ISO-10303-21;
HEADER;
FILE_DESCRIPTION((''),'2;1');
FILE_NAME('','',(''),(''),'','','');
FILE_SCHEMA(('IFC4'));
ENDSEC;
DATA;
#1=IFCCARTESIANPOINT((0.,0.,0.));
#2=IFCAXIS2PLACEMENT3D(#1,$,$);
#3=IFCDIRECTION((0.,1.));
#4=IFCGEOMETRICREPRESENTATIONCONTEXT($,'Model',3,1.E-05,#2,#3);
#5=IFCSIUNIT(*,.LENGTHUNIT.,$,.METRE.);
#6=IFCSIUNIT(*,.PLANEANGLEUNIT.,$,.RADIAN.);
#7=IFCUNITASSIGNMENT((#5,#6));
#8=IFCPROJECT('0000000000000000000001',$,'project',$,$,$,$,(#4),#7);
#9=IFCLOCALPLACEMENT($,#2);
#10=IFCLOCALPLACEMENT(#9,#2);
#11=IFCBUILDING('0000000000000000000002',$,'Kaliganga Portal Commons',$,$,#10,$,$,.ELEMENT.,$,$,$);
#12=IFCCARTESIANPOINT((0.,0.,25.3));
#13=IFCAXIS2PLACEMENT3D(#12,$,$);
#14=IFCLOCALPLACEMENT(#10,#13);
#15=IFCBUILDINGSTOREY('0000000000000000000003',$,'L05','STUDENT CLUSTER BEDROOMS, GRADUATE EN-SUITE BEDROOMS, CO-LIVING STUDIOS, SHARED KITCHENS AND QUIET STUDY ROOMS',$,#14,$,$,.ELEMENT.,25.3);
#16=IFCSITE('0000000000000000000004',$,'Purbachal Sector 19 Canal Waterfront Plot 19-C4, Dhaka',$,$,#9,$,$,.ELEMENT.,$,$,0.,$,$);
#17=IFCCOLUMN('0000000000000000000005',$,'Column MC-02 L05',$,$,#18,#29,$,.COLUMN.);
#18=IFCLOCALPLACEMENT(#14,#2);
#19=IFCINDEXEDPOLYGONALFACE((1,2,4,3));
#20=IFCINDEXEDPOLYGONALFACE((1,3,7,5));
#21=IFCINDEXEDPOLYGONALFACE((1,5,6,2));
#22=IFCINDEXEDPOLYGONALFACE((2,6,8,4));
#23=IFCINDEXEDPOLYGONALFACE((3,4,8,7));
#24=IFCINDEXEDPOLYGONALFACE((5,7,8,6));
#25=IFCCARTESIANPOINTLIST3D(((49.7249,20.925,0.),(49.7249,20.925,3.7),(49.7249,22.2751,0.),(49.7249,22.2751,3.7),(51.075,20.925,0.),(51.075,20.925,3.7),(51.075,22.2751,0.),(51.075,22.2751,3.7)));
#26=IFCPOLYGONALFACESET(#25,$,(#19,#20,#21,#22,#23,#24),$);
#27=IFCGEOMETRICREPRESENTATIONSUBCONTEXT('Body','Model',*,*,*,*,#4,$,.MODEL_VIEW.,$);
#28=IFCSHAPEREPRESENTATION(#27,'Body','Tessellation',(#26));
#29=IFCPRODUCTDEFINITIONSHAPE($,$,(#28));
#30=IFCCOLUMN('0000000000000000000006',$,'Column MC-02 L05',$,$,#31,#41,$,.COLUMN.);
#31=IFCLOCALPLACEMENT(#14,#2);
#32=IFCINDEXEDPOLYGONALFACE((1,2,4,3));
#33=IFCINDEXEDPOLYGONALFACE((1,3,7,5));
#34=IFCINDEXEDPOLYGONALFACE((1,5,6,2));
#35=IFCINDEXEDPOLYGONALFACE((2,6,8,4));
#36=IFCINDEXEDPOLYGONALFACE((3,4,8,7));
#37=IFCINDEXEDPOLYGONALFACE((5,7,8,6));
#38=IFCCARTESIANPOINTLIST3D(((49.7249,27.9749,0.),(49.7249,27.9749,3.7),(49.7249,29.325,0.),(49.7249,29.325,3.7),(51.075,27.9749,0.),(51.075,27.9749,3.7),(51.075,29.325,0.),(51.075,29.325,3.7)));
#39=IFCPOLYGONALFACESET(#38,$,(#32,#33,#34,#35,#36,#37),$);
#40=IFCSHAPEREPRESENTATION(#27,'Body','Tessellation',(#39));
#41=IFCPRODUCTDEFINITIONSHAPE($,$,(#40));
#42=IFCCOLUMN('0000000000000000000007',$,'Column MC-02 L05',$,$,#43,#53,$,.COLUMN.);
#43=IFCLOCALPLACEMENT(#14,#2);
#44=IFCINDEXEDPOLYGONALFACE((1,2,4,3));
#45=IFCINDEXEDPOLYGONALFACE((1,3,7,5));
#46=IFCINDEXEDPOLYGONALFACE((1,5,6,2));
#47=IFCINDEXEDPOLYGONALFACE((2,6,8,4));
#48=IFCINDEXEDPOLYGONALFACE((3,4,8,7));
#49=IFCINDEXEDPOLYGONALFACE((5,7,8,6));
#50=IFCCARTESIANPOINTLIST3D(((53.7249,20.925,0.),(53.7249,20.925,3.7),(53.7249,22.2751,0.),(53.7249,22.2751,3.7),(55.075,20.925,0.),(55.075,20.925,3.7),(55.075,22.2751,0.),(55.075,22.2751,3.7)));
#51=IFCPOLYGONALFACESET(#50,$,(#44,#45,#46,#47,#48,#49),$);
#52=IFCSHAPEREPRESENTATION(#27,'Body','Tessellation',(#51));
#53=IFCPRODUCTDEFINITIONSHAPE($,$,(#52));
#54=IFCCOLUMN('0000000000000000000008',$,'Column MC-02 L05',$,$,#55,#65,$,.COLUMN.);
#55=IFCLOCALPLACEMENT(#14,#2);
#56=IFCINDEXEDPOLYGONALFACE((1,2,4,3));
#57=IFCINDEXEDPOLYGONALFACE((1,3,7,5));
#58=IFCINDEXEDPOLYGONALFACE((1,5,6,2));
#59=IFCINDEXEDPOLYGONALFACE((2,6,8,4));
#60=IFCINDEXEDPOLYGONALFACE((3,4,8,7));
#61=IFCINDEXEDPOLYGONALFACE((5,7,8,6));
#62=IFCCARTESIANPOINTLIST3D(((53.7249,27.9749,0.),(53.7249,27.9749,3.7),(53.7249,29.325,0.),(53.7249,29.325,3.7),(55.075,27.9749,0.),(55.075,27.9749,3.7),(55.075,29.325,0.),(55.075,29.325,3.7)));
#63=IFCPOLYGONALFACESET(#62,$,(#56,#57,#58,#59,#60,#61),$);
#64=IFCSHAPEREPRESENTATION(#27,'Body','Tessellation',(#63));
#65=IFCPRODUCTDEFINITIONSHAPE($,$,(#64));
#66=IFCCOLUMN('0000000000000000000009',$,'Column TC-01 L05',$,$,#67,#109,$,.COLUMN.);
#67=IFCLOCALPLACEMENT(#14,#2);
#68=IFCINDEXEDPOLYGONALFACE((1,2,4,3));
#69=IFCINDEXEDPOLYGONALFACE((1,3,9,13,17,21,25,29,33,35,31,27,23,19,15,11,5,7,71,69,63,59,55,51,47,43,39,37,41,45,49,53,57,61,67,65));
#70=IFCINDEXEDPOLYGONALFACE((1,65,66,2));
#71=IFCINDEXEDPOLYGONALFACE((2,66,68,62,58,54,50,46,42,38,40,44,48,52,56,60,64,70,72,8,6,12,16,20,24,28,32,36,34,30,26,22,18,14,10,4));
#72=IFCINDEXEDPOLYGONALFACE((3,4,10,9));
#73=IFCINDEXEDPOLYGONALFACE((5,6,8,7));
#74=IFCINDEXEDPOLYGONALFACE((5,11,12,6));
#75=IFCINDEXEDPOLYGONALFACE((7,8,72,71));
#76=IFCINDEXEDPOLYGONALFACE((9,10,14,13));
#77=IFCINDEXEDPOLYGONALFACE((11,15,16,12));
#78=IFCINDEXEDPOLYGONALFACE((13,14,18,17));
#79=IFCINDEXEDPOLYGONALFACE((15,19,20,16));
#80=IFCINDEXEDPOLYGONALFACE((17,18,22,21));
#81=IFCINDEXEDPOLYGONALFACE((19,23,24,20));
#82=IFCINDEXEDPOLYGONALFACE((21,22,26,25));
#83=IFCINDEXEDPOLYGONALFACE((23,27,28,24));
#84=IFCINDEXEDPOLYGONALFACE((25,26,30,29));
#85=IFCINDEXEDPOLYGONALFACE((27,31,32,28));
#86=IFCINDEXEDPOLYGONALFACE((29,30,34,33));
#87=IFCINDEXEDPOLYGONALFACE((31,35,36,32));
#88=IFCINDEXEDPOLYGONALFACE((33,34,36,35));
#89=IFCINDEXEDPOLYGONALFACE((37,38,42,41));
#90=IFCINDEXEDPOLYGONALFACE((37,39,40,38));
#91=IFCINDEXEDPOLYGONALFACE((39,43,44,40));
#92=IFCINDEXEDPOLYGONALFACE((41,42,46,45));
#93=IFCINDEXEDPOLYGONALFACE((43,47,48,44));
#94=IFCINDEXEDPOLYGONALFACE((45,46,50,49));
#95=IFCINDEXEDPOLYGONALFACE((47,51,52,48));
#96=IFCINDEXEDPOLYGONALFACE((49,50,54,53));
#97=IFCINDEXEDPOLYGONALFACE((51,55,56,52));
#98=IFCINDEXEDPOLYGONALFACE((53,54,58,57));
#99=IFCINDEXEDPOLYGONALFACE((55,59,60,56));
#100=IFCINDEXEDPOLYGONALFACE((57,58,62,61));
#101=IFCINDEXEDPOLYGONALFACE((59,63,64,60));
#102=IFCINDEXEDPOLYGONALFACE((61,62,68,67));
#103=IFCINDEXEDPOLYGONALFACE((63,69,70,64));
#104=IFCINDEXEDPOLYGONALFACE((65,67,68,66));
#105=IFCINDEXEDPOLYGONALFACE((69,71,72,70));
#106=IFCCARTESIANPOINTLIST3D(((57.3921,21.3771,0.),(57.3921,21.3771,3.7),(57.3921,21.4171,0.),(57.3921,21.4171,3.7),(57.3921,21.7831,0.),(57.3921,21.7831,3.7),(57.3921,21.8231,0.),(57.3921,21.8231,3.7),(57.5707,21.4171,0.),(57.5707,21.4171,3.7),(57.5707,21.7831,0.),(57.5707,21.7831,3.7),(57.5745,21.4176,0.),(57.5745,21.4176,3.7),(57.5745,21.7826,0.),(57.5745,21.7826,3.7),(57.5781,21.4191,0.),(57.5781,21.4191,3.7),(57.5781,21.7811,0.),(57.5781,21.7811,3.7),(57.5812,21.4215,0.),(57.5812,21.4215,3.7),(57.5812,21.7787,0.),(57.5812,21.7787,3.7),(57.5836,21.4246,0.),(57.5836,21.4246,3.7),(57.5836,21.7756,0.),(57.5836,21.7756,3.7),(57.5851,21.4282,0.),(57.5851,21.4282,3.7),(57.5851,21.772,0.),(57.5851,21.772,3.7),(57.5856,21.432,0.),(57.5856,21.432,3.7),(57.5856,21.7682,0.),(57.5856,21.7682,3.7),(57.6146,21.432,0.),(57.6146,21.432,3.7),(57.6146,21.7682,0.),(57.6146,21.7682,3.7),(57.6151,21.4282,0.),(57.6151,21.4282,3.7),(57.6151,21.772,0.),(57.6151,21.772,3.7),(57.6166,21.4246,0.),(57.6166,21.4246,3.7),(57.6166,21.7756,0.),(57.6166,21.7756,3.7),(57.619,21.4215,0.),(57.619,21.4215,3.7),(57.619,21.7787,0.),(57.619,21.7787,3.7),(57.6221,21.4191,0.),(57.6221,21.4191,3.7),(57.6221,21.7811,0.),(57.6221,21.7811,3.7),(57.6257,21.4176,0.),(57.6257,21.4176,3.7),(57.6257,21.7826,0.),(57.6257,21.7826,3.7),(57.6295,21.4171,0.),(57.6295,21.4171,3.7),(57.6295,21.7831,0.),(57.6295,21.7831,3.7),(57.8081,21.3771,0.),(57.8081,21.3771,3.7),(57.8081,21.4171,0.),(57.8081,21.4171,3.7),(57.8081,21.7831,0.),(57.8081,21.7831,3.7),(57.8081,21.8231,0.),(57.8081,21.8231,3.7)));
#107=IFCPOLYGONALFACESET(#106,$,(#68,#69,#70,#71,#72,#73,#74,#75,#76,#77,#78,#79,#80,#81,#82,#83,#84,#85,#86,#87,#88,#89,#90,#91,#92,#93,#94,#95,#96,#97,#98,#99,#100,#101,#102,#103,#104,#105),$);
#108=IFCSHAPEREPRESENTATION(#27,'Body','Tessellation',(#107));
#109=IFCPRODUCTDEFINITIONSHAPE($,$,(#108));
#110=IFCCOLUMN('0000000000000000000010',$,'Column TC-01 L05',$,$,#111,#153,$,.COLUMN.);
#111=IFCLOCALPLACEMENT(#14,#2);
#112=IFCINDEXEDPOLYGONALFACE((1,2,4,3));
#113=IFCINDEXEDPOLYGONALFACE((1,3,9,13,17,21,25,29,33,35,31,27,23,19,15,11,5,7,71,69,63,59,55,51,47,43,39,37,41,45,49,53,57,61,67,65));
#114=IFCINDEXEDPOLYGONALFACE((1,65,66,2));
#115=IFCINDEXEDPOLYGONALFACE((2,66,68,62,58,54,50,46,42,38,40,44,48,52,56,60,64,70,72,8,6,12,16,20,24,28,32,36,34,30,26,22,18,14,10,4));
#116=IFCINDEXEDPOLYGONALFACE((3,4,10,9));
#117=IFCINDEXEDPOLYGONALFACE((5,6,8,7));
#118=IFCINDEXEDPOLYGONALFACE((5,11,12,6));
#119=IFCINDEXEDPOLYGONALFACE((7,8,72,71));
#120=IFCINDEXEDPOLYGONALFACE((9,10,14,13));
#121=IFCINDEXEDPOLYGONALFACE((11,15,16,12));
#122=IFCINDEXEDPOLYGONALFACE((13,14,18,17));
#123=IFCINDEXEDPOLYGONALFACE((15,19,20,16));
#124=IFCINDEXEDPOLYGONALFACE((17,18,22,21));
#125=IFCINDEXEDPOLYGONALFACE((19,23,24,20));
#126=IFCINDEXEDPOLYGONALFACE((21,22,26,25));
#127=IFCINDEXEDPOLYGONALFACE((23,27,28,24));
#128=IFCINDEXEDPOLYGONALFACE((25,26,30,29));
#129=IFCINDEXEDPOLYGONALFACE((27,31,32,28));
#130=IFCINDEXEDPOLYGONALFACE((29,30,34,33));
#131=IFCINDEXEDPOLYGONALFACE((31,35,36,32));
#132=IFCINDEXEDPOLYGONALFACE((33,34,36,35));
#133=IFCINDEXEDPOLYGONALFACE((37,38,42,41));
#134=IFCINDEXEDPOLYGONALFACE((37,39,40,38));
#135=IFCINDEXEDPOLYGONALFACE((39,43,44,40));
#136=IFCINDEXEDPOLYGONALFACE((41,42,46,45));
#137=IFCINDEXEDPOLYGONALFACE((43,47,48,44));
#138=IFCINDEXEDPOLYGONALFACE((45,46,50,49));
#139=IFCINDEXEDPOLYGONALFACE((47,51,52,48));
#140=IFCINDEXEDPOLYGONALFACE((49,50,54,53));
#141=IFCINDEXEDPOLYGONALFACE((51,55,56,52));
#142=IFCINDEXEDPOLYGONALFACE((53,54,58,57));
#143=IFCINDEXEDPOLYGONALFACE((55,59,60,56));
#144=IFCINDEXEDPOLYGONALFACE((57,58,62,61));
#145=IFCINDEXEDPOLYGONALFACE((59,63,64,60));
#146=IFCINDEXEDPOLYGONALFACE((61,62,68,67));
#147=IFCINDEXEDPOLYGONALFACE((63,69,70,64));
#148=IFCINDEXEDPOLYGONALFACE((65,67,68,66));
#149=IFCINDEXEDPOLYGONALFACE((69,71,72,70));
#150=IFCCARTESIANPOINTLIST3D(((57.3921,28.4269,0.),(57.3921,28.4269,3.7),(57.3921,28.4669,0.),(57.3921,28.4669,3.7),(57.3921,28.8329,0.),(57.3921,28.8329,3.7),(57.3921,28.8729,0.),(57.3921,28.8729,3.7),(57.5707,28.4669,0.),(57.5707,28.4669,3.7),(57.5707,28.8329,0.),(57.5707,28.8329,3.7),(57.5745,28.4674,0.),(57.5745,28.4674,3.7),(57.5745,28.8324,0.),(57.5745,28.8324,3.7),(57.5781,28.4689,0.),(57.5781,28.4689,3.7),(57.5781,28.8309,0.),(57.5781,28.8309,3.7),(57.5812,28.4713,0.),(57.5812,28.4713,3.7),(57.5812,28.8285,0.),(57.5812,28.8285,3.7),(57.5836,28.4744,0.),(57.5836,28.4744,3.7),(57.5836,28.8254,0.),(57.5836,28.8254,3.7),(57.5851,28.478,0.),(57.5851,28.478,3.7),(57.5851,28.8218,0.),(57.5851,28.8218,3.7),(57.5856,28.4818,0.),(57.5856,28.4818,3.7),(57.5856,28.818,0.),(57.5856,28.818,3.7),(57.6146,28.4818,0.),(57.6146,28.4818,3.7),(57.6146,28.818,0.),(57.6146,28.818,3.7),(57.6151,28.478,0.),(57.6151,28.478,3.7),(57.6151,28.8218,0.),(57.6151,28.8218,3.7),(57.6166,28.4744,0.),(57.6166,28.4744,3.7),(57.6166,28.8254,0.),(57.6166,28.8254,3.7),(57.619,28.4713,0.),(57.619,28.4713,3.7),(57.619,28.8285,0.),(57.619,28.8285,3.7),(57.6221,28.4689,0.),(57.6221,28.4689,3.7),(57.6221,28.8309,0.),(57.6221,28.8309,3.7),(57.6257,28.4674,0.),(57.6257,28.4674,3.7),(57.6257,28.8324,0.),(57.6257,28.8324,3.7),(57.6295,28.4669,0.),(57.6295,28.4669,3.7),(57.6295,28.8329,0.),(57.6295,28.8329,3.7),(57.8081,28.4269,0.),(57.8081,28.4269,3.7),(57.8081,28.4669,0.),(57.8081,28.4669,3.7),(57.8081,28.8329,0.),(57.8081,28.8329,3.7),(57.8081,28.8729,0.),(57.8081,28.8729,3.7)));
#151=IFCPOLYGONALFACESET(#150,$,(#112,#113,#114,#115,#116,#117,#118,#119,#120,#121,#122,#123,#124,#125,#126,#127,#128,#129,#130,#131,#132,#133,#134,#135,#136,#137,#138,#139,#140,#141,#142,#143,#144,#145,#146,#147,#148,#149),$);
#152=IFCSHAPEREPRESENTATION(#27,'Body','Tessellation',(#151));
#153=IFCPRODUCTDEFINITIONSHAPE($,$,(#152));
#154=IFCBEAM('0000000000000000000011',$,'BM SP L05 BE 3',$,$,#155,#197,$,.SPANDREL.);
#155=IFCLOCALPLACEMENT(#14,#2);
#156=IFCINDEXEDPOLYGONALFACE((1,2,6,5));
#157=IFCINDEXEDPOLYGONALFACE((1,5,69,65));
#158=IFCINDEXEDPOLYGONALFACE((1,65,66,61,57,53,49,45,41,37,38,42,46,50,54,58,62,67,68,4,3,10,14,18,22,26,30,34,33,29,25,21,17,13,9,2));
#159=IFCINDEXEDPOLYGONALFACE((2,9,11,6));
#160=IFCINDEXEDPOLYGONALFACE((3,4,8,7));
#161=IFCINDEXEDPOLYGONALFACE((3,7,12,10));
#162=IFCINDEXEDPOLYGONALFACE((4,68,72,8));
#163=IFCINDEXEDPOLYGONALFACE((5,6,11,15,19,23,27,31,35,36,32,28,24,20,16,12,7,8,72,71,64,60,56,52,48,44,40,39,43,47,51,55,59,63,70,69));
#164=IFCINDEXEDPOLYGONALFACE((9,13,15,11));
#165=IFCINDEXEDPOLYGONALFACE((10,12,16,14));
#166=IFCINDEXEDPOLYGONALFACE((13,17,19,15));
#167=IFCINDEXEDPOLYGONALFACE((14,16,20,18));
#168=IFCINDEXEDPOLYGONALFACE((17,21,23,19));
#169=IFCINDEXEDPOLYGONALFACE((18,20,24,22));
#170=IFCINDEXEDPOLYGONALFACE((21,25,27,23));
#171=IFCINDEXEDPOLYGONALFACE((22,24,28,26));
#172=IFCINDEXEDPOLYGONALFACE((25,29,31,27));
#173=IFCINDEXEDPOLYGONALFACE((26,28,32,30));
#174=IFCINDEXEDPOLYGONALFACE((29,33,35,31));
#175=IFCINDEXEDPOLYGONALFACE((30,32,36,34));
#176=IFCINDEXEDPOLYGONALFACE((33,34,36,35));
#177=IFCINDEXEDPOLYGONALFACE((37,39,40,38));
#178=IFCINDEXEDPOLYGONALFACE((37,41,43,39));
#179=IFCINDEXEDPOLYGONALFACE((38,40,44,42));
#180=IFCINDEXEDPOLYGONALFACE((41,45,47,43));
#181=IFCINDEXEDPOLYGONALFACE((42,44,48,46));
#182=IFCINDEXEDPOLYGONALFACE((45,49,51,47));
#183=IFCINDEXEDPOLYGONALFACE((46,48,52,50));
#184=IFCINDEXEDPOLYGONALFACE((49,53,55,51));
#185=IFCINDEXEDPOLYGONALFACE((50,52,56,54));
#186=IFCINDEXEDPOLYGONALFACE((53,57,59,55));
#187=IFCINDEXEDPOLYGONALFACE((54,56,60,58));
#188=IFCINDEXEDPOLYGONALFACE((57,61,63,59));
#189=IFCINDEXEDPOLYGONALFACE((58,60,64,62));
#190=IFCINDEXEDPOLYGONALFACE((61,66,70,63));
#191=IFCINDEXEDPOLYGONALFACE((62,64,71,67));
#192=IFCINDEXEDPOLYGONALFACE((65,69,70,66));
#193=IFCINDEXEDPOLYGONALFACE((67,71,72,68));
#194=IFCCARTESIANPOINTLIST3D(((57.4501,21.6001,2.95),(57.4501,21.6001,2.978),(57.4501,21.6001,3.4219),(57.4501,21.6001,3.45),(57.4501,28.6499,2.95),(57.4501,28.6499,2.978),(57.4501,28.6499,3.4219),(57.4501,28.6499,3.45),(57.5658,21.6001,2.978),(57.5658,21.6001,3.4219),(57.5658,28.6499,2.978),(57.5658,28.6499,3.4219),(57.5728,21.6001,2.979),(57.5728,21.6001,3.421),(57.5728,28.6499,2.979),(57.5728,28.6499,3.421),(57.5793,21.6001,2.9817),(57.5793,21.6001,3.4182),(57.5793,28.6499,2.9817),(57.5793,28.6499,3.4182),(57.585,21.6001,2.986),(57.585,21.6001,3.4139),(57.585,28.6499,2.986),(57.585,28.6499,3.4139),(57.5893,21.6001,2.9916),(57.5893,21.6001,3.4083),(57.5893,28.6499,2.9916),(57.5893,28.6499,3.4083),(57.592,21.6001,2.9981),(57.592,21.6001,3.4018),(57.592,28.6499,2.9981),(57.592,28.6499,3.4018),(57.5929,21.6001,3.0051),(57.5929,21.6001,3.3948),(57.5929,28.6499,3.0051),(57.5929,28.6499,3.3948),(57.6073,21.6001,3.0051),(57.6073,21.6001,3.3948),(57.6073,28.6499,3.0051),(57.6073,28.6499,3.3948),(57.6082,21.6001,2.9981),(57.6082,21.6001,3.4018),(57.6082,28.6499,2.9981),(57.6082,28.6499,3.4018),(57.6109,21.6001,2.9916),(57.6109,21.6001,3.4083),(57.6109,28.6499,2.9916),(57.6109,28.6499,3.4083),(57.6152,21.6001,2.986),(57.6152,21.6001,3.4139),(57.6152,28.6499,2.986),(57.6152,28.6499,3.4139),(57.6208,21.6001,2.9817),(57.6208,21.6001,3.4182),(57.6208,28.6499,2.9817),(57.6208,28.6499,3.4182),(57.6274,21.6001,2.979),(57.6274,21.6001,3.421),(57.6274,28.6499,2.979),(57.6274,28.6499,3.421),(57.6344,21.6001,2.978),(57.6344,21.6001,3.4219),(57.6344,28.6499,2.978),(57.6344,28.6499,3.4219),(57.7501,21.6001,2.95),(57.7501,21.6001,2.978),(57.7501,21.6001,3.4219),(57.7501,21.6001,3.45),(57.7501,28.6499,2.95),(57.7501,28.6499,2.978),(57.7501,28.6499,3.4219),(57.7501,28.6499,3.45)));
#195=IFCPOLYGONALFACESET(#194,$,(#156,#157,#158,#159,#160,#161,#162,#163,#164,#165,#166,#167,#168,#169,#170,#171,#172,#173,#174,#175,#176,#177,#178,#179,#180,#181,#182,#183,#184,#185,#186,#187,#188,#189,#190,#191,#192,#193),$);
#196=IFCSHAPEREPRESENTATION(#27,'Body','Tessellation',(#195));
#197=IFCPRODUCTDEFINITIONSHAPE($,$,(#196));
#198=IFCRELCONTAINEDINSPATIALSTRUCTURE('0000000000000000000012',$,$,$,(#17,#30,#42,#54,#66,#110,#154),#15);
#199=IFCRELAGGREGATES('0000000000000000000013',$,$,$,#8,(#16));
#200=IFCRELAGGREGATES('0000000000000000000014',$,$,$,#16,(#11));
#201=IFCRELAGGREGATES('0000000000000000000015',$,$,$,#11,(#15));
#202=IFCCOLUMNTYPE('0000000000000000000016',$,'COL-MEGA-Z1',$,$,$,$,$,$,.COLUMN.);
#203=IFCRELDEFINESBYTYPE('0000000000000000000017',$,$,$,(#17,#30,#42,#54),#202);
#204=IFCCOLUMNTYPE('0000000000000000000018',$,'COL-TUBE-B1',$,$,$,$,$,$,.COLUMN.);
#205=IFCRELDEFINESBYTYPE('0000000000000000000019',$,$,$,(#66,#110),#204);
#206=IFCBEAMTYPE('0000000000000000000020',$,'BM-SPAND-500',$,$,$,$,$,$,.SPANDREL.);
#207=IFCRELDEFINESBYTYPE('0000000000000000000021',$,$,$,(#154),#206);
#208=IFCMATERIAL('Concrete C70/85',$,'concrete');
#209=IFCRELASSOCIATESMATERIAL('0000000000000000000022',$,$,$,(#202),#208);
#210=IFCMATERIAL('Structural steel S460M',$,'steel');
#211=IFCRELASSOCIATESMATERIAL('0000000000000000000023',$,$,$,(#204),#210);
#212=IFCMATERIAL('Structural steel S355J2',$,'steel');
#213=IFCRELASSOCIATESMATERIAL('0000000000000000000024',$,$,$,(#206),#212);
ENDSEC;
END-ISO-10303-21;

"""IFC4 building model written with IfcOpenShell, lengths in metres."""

from ifc_helpers import new_model, si_unit, direction, frame, origin, origin_2d, place, context, subcontext, project, spatial, rectangle, i_section, extrude, source, transform, mapped, material, material_profile, profile_set, type_object, element, save


model = new_model("IFC4")

# Units and contexts
model_context = context("Model", 3, precision=1e-05, world=origin(), true_north=direction((0.0, 1.0)))
body_context = subcontext(model_context, "Body", "Model", "MODEL_VIEW")
ifc_project = project(units=[si_unit("LENGTHUNIT", "METRE"), si_unit("PLANEANGLEUNIT", "RADIAN")], contexts=[model_context])

# Site, building, storey
site_placement = place(None, origin())
site = spatial("IfcSite", under=ifc_project, at=site_placement, Name="Purbachal Sector 19 Canal Waterfront Plot 19-C4, Dhaka", CompositionType="ELEMENT", RefElevation=0.0)
building_placement = place(site_placement, origin())
building = spatial("IfcBuilding", under=site, at=building_placement, Name="Kaliganga Portal Commons", CompositionType="ELEMENT")
storey_placement = place(building_placement, frame((0.0, 0.0, 25.3)))
storey = spatial("IfcBuildingStorey", under=building, at=storey_placement, Name="L05", Description="STUDENT CLUSTER BEDROOMS, GRADUATE EN-SUITE BEDROOMS, CO-LIVING STUDIOS, SHARED KITCHENS AND QUIET STUDY ROOMS", CompositionType="ELEMENT", Elevation=25.3)

# Columns
ifc_material_1 = material(Name="Concrete C70/85", Category="concrete")
ifc_material_profile_1 = material_profile(ifc_material_1, rectangle(XDim=1.3501, YDim=1.3501, at=origin_2d()), Name="RC 1350x1350")
ifc_profile_set_1 = profile_set([ifc_material_profile_1], Name="Concrete C70/85")
column_type_1 = type_object("IfcColumnType", Name="COL-MEGA-Z1", PredefinedType="COLUMN", material=ifc_profile_set_1)
shared_shape_1 = source(origin(), body_context, "Body", "SweptSolid", [
    extrude(rectangle(XDim=1.3501, YDim=1.3501, at=origin_2d()), origin(), (0.0, 0.0, 1.0), 3.7),
])
for number, where, z_axis, x_axis, name in (
    (1, (50.3999, 21.6001, 0.0), (0.0, 0.0, 1.0), (1.0, 0.0, 0.0), "Column MC-02 L05"),
    (2, (50.3999, 28.6499, 0.0), (0.0, 0.0, 1.0), (1.0, 0.0, 0.0), "Column MC-02 L05"),
    (3, (54.3999, 21.6001, 0.0), (0.0, 0.0, 1.0), (1.0, 0.0, 0.0), "Column MC-02 L05"),
    (4, (54.3999, 28.6499, 0.0), (0.0, 0.0, 1.0), (1.0, 0.0, 0.0), "Column MC-02 L05"),
):
    element("IfcColumn", number, at=place(storey_placement, frame(where, z_axis=z_axis, x_axis=x_axis)), inside=storey, type_object=column_type_1, Name=name, PredefinedType="COLUMN", context=body_context, shape_type="MappedRepresentation", body=[
        mapped(shared_shape_1, transform((0.0, 0.0, 0.0), x_axis=(1.0, 0.0, 0.0), y_axis=(0.0, 1.0, 0.0), z_axis=(0.0, 0.0, 1.0), scale=1.0)),
    ])
ifc_material_2 = material(Name="Structural steel S460M", Category="steel")
ifc_material_profile_2 = material_profile(ifc_material_2, i_section(OverallWidth=0.416, OverallDepth=0.446, WebThickness=0.0291, FlangeThickness=0.04, FilletRadius=0.0149, at=origin_2d()), Name="HD 400x509")
ifc_profile_set_2 = profile_set([ifc_material_profile_2], Name="Structural steel S460M wide-flange")
column_type_2 = type_object("IfcColumnType", Name="COL-TUBE-B1", PredefinedType="COLUMN", material=ifc_profile_set_2)
shared_shape_2 = source(origin(), body_context, "Body", "SweptSolid", [
    extrude(i_section(OverallWidth=0.416, OverallDepth=0.446, WebThickness=0.0291, FlangeThickness=0.04, FilletRadius=0.0149, at=origin_2d()), origin(), (0.0, 0.0, 1.0), 3.7),
])
for number, where, z_axis, x_axis, name in (
    (5, (57.6001, 21.6001, 0.0), (0.0, 0.0, 1.0), (1.0, 0.0, 0.0), "Column TC-01 L05"),
    (6, (57.6001, 28.6499, 0.0), (0.0, 0.0, 1.0), (1.0, 0.0, 0.0), "Column TC-01 L05"),
):
    element("IfcColumn", number, at=place(storey_placement, frame(where, z_axis=z_axis, x_axis=x_axis)), inside=storey, type_object=column_type_2, Name=name, PredefinedType="COLUMN", context=body_context, shape_type="MappedRepresentation", body=[
        mapped(shared_shape_2, transform((0.0, 0.0, 0.0), x_axis=(1.0, 0.0, 0.0), y_axis=(0.0, 1.0, 0.0), z_axis=(0.0, 0.0, 1.0), scale=1.0)),
    ])

# Beam
ifc_material_3 = material(Name="Structural steel S355J2", Category="steel")
ifc_material_profile_3 = material_profile(ifc_material_3, i_section(OverallWidth=0.3, OverallDepth=0.5, WebThickness=0.0144, FlangeThickness=0.0281, FilletRadius=0.0271, at=origin_2d()), Name="HE 500 B")
ifc_profile_set_3 = profile_set([ifc_material_profile_3], Name="Structural steel S355J2 wide-flange")
beam_type_1 = type_object("IfcBeamType", Name="BM-SPAND-500", PredefinedType="SPANDREL", material=ifc_profile_set_3)
shared_shape_3 = source(origin(), body_context, "Body", "SweptSolid", [
    extrude(i_section(OverallWidth=0.3, OverallDepth=0.5, WebThickness=0.0144, FlangeThickness=0.0281, FilletRadius=0.0271, at=origin_2d()), origin(), (0.0, 0.0, 1.0), 7.0498),
])
beam_placement = place(storey_placement, frame((57.6001, 21.6001, 3.2), z_axis=(0.0, 1.0, 0.0), x_axis=(-1.0, 0.0, 0.0)))
element("IfcBeam", 7, at=beam_placement, inside=storey, type_object=beam_type_1, Name="BM SP L05 BE 3", PredefinedType="SPANDREL", context=body_context, shape_type="MappedRepresentation", body=[
    mapped(shared_shape_3, transform((0.0, 0.0, 0.0), x_axis=(1.0, 0.0, 0.0), y_axis=(0.0, 1.0, 0.0), z_axis=(0.0, 0.0, 1.0), scale=1.0)),
])

save(model, "model.ifc")
